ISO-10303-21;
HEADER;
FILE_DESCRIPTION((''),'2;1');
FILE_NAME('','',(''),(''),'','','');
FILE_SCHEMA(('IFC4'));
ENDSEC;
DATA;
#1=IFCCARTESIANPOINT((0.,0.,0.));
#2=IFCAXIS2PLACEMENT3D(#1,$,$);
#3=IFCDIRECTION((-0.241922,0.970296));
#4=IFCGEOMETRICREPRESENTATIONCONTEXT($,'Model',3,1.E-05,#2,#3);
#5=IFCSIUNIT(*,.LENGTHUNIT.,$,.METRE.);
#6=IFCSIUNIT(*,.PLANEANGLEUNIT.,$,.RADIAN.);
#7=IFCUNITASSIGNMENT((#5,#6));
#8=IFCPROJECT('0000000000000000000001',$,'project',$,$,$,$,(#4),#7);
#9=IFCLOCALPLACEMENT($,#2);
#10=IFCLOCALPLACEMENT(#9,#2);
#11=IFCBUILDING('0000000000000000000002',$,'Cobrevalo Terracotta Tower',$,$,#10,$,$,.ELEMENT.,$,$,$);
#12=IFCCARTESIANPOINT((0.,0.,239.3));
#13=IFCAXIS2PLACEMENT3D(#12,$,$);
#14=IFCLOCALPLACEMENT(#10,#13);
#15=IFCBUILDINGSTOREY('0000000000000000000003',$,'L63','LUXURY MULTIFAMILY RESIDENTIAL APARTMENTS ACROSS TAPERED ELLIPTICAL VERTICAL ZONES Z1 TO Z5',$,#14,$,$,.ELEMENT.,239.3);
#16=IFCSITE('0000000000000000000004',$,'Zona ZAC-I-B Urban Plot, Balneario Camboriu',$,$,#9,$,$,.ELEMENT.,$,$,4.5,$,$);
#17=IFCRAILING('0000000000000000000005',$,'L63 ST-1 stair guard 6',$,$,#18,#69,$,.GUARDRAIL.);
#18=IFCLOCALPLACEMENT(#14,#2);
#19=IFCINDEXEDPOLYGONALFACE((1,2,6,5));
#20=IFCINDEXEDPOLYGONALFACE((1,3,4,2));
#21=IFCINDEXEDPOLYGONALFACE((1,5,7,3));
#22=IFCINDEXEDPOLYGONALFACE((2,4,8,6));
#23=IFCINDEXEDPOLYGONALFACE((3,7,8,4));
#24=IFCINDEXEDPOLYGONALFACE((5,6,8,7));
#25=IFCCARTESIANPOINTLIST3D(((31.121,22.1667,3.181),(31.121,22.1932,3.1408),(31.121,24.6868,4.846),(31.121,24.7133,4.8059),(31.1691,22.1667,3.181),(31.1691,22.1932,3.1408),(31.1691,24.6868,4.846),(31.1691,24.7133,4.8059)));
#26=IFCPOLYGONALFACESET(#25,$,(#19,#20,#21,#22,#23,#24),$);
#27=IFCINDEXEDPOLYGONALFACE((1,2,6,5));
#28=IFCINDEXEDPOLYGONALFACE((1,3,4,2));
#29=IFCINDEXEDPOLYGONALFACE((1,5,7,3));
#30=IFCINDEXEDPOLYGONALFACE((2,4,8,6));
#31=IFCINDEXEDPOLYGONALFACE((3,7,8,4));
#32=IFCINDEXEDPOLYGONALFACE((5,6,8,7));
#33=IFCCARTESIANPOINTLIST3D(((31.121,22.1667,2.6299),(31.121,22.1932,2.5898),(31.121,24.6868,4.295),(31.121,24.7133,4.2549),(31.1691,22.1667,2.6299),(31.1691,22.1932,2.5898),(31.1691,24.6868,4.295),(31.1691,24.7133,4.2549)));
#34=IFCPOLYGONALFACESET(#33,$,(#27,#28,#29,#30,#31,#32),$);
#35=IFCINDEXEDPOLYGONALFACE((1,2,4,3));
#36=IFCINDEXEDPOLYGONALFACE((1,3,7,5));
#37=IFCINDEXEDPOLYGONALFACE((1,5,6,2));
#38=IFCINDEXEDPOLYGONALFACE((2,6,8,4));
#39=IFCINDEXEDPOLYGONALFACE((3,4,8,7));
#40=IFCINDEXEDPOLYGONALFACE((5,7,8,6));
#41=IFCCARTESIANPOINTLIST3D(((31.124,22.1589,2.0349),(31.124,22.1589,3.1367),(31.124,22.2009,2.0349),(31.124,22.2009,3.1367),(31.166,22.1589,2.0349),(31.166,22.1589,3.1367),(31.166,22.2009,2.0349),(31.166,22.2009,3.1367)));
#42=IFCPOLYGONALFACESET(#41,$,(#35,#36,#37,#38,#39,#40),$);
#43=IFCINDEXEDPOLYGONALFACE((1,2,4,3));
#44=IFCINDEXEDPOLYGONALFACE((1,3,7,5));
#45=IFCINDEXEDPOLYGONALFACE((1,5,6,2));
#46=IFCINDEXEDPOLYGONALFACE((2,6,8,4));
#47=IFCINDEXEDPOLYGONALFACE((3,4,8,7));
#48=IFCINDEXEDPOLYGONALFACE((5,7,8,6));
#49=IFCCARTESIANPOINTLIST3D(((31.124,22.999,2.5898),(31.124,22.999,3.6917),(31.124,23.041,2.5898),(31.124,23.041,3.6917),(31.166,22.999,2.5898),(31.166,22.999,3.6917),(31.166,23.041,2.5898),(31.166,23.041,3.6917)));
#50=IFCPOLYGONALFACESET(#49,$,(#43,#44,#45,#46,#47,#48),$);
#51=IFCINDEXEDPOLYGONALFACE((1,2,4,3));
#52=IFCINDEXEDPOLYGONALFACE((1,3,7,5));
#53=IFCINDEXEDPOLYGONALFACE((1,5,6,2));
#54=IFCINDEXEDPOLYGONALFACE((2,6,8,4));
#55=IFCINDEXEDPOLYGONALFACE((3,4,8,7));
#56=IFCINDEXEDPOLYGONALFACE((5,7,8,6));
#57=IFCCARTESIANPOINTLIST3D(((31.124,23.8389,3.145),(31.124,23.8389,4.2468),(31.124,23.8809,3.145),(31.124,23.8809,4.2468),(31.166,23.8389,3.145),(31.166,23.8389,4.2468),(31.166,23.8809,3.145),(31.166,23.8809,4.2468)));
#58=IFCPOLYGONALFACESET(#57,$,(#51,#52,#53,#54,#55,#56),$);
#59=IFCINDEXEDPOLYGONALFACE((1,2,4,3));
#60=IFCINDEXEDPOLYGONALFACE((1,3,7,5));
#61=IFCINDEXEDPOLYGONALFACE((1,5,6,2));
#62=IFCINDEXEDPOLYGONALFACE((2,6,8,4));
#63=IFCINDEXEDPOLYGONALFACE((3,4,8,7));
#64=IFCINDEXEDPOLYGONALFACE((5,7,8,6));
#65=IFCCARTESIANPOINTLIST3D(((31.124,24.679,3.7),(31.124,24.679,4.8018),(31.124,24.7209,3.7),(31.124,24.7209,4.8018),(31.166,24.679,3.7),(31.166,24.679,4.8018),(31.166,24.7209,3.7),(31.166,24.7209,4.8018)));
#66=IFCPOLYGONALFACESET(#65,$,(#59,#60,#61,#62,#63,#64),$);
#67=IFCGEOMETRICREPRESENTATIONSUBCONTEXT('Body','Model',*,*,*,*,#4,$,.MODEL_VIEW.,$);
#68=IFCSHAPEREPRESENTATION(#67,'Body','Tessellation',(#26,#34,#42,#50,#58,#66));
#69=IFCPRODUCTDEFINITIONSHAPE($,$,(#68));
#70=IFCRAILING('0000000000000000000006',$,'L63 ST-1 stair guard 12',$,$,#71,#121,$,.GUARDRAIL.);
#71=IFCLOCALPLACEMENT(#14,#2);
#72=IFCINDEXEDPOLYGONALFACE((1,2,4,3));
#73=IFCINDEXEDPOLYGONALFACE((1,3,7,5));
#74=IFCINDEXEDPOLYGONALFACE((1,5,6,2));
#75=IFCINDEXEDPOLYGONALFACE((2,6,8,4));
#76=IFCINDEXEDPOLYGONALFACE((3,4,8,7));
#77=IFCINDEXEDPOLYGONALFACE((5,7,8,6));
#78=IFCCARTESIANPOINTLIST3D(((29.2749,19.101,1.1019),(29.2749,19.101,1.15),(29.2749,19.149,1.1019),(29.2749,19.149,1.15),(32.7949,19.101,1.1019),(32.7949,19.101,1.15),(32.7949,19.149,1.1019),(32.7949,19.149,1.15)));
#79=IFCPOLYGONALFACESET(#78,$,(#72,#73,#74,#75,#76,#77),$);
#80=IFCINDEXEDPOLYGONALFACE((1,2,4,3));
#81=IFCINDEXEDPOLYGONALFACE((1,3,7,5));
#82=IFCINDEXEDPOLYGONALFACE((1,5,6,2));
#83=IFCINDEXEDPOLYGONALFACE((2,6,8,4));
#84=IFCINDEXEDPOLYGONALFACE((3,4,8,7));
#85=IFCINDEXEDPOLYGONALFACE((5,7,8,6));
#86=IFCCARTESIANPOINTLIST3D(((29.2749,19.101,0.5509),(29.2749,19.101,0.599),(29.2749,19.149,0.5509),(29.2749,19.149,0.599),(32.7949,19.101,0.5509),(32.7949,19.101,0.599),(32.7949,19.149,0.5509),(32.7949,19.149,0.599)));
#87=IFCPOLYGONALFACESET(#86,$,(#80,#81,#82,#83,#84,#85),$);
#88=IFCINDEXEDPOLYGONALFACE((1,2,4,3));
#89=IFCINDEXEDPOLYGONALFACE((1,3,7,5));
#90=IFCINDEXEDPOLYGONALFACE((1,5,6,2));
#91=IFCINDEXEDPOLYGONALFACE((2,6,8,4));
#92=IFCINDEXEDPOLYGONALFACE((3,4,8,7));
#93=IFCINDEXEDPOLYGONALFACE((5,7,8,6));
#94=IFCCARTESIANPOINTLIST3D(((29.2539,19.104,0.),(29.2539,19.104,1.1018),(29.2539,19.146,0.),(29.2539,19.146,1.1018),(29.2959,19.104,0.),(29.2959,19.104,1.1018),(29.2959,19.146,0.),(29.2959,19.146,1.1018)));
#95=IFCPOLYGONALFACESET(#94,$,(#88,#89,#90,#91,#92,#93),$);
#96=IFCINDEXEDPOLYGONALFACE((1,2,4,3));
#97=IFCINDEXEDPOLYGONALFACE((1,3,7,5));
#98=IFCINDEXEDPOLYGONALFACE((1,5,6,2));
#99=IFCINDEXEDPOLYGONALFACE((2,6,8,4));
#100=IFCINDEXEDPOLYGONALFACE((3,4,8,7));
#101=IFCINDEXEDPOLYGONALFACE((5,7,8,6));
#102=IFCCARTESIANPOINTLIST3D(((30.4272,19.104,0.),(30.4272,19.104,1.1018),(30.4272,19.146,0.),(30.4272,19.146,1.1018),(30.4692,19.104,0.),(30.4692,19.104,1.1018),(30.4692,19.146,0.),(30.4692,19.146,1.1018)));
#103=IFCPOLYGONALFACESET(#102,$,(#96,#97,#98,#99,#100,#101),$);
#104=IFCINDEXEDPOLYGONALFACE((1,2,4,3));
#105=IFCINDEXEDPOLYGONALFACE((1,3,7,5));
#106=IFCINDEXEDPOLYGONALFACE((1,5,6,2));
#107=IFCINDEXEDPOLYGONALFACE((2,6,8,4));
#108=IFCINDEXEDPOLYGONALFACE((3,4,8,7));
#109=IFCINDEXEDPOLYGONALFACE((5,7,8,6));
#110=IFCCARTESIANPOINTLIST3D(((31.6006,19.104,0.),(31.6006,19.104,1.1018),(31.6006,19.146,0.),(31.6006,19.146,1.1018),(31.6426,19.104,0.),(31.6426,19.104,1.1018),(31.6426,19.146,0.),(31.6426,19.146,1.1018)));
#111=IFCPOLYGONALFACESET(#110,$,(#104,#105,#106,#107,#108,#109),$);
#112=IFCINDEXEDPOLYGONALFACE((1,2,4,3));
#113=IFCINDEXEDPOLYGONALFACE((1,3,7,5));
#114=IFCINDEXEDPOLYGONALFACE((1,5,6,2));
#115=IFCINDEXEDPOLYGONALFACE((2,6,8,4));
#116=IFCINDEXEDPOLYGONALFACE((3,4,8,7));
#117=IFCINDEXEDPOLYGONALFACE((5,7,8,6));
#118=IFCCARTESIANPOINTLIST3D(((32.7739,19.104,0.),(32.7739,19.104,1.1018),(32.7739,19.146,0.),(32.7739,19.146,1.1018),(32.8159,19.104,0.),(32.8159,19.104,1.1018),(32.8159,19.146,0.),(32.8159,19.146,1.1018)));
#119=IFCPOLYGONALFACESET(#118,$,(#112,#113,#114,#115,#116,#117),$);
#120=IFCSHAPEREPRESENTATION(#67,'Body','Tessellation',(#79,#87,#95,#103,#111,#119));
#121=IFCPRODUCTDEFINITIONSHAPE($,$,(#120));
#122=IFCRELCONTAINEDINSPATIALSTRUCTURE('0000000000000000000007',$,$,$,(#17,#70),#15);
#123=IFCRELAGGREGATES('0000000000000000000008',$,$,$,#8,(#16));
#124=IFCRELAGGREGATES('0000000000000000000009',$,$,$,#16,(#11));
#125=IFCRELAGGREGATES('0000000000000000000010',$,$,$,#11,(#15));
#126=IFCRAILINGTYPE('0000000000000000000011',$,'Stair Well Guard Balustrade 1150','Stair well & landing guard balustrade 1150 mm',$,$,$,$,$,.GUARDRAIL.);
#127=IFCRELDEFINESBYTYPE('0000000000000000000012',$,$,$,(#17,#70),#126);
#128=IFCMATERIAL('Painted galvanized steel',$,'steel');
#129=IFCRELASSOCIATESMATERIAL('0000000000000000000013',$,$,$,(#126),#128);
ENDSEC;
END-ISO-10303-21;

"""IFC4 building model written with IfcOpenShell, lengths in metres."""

from ifc_helpers import new_model, si_unit, direction, frame, origin, origin_2d, place, context, subcontext, project, spatial, rectangle, extrude, material, type_object, element, save


model = new_model("IFC4")

# Units and contexts
model_context = context("Model", 3, precision=1e-05, world=origin(), true_north=direction((-0.241922, 0.970296)))
body_context = subcontext(model_context, "Body", "Model", "MODEL_VIEW")
ifc_project = project(units=[si_unit("LENGTHUNIT", "METRE"), si_unit("PLANEANGLEUNIT", "RADIAN")], contexts=[model_context])

# Site, building, storey
site_placement = place(None, origin())
site = spatial("IfcSite", under=ifc_project, at=site_placement, Name="Zona ZAC-I-B Urban Plot, Balneario Camboriu", CompositionType="ELEMENT", RefElevation=4.5)
building_placement = place(site_placement, origin())
building = spatial("IfcBuilding", under=site, at=building_placement, Name="Cobrevalo Terracotta Tower", CompositionType="ELEMENT")
storey_placement = place(building_placement, frame((0.0, 0.0, 239.3)))
storey = spatial("IfcBuildingStorey", under=building, at=storey_placement, Name="L63", Description="LUXURY MULTIFAMILY RESIDENTIAL APARTMENTS ACROSS TAPERED ELLIPTICAL VERTICAL ZONES Z1 TO Z5", CompositionType="ELEMENT", Elevation=239.3)

# Railings
ifc_material_1 = material(Name="Painted galvanized steel", Category="steel")
railing_type_1 = type_object("IfcRailingType", Name="Stair Well Guard Balustrade 1150", Description="Stair well & landing guard balustrade 1150 mm", PredefinedType="GUARDRAIL", material=ifc_material_1)
railing_1_placement = place(storey_placement, frame((31.145, 22.1799, 2.0349)))
element("IfcRailing", 1, at=railing_1_placement, inside=storey, type_object=railing_type_1, Name="L63 ST-1 stair guard 6", PredefinedType="GUARDRAIL", context=body_context, shape_type="SweptSolid", body=[
    extrude(rectangle(XDim=0.0481, YDim=0.0481, at=origin_2d()), frame((0.0, 0.0, 1.126), z_axis=(0.0, 0.834331, 0.551263), x_axis=(-1.0, 0.0, 0.0)), (0.0, 0.0, 1.0), 3.0205),
    extrude(rectangle(XDim=0.0481, YDim=0.0481, at=origin_2d()), frame((0.0, 0.0, 0.575), z_axis=(0.0, 0.834331, 0.551263), x_axis=(-1.0, 0.0, 0.0)), (0.0, 0.0, 1.0), 3.0205),
    extrude(rectangle(XDim=0.042, YDim=0.042, at=origin_2d()), origin(), (0.0, 0.0, 1.0), 1.1018),
    extrude(rectangle(XDim=0.042, YDim=0.042, at=origin_2d()), frame((0.0, 0.8401, 0.5549)), (0.0, 0.0, 1.0), 1.1018),
    extrude(rectangle(XDim=0.042, YDim=0.042, at=origin_2d()), frame((0.0, 1.6799, 1.1101)), (0.0, 0.0, 1.0), 1.1018),
    extrude(rectangle(XDim=0.042, YDim=0.042, at=origin_2d()), frame((0.0, 2.52, 1.665)), (0.0, 0.0, 1.0), 1.1018),
])
railing_2_placement = place(storey_placement, frame((29.2749, 19.125, 0.0)))
element("IfcRailing", 2, at=railing_2_placement, inside=storey, type_object=railing_type_1, Name="L63 ST-1 stair guard 12", PredefinedType="GUARDRAIL", context=body_context, shape_type="SweptSolid", body=[
    extrude(rectangle(XDim=0.0481, YDim=0.0481, at=origin_2d()), frame((0.0, 0.0, 1.126), z_axis=(1.0, 0.0, 0.0), x_axis=(0.0, 1.0, 0.0)), (0.0, 0.0, 1.0), 3.52),
    extrude(rectangle(XDim=0.0481, YDim=0.0481, at=origin_2d()), frame((0.0, 0.0, 0.575), z_axis=(1.0, 0.0, 0.0), x_axis=(0.0, 1.0, 0.0)), (0.0, 0.0, 1.0), 3.52),
    extrude(rectangle(XDim=0.042, YDim=0.042, at=origin_2d()), origin(), (0.0, 0.0, 1.0), 1.1018),
    extrude(rectangle(XDim=0.042, YDim=0.042, at=origin_2d()), frame((1.1733, 0.0, 0.0)), (0.0, 0.0, 1.0), 1.1018),
    extrude(rectangle(XDim=0.042, YDim=0.042, at=origin_2d()), frame((2.3467, 0.0, 0.0)), (0.0, 0.0, 1.0), 1.1018),
    extrude(rectangle(XDim=0.042, YDim=0.042, at=origin_2d()), frame((3.52, 0.0, 0.0)), (0.0, 0.0, 1.0), 1.1018),
])

save(model, "model.ifc")
